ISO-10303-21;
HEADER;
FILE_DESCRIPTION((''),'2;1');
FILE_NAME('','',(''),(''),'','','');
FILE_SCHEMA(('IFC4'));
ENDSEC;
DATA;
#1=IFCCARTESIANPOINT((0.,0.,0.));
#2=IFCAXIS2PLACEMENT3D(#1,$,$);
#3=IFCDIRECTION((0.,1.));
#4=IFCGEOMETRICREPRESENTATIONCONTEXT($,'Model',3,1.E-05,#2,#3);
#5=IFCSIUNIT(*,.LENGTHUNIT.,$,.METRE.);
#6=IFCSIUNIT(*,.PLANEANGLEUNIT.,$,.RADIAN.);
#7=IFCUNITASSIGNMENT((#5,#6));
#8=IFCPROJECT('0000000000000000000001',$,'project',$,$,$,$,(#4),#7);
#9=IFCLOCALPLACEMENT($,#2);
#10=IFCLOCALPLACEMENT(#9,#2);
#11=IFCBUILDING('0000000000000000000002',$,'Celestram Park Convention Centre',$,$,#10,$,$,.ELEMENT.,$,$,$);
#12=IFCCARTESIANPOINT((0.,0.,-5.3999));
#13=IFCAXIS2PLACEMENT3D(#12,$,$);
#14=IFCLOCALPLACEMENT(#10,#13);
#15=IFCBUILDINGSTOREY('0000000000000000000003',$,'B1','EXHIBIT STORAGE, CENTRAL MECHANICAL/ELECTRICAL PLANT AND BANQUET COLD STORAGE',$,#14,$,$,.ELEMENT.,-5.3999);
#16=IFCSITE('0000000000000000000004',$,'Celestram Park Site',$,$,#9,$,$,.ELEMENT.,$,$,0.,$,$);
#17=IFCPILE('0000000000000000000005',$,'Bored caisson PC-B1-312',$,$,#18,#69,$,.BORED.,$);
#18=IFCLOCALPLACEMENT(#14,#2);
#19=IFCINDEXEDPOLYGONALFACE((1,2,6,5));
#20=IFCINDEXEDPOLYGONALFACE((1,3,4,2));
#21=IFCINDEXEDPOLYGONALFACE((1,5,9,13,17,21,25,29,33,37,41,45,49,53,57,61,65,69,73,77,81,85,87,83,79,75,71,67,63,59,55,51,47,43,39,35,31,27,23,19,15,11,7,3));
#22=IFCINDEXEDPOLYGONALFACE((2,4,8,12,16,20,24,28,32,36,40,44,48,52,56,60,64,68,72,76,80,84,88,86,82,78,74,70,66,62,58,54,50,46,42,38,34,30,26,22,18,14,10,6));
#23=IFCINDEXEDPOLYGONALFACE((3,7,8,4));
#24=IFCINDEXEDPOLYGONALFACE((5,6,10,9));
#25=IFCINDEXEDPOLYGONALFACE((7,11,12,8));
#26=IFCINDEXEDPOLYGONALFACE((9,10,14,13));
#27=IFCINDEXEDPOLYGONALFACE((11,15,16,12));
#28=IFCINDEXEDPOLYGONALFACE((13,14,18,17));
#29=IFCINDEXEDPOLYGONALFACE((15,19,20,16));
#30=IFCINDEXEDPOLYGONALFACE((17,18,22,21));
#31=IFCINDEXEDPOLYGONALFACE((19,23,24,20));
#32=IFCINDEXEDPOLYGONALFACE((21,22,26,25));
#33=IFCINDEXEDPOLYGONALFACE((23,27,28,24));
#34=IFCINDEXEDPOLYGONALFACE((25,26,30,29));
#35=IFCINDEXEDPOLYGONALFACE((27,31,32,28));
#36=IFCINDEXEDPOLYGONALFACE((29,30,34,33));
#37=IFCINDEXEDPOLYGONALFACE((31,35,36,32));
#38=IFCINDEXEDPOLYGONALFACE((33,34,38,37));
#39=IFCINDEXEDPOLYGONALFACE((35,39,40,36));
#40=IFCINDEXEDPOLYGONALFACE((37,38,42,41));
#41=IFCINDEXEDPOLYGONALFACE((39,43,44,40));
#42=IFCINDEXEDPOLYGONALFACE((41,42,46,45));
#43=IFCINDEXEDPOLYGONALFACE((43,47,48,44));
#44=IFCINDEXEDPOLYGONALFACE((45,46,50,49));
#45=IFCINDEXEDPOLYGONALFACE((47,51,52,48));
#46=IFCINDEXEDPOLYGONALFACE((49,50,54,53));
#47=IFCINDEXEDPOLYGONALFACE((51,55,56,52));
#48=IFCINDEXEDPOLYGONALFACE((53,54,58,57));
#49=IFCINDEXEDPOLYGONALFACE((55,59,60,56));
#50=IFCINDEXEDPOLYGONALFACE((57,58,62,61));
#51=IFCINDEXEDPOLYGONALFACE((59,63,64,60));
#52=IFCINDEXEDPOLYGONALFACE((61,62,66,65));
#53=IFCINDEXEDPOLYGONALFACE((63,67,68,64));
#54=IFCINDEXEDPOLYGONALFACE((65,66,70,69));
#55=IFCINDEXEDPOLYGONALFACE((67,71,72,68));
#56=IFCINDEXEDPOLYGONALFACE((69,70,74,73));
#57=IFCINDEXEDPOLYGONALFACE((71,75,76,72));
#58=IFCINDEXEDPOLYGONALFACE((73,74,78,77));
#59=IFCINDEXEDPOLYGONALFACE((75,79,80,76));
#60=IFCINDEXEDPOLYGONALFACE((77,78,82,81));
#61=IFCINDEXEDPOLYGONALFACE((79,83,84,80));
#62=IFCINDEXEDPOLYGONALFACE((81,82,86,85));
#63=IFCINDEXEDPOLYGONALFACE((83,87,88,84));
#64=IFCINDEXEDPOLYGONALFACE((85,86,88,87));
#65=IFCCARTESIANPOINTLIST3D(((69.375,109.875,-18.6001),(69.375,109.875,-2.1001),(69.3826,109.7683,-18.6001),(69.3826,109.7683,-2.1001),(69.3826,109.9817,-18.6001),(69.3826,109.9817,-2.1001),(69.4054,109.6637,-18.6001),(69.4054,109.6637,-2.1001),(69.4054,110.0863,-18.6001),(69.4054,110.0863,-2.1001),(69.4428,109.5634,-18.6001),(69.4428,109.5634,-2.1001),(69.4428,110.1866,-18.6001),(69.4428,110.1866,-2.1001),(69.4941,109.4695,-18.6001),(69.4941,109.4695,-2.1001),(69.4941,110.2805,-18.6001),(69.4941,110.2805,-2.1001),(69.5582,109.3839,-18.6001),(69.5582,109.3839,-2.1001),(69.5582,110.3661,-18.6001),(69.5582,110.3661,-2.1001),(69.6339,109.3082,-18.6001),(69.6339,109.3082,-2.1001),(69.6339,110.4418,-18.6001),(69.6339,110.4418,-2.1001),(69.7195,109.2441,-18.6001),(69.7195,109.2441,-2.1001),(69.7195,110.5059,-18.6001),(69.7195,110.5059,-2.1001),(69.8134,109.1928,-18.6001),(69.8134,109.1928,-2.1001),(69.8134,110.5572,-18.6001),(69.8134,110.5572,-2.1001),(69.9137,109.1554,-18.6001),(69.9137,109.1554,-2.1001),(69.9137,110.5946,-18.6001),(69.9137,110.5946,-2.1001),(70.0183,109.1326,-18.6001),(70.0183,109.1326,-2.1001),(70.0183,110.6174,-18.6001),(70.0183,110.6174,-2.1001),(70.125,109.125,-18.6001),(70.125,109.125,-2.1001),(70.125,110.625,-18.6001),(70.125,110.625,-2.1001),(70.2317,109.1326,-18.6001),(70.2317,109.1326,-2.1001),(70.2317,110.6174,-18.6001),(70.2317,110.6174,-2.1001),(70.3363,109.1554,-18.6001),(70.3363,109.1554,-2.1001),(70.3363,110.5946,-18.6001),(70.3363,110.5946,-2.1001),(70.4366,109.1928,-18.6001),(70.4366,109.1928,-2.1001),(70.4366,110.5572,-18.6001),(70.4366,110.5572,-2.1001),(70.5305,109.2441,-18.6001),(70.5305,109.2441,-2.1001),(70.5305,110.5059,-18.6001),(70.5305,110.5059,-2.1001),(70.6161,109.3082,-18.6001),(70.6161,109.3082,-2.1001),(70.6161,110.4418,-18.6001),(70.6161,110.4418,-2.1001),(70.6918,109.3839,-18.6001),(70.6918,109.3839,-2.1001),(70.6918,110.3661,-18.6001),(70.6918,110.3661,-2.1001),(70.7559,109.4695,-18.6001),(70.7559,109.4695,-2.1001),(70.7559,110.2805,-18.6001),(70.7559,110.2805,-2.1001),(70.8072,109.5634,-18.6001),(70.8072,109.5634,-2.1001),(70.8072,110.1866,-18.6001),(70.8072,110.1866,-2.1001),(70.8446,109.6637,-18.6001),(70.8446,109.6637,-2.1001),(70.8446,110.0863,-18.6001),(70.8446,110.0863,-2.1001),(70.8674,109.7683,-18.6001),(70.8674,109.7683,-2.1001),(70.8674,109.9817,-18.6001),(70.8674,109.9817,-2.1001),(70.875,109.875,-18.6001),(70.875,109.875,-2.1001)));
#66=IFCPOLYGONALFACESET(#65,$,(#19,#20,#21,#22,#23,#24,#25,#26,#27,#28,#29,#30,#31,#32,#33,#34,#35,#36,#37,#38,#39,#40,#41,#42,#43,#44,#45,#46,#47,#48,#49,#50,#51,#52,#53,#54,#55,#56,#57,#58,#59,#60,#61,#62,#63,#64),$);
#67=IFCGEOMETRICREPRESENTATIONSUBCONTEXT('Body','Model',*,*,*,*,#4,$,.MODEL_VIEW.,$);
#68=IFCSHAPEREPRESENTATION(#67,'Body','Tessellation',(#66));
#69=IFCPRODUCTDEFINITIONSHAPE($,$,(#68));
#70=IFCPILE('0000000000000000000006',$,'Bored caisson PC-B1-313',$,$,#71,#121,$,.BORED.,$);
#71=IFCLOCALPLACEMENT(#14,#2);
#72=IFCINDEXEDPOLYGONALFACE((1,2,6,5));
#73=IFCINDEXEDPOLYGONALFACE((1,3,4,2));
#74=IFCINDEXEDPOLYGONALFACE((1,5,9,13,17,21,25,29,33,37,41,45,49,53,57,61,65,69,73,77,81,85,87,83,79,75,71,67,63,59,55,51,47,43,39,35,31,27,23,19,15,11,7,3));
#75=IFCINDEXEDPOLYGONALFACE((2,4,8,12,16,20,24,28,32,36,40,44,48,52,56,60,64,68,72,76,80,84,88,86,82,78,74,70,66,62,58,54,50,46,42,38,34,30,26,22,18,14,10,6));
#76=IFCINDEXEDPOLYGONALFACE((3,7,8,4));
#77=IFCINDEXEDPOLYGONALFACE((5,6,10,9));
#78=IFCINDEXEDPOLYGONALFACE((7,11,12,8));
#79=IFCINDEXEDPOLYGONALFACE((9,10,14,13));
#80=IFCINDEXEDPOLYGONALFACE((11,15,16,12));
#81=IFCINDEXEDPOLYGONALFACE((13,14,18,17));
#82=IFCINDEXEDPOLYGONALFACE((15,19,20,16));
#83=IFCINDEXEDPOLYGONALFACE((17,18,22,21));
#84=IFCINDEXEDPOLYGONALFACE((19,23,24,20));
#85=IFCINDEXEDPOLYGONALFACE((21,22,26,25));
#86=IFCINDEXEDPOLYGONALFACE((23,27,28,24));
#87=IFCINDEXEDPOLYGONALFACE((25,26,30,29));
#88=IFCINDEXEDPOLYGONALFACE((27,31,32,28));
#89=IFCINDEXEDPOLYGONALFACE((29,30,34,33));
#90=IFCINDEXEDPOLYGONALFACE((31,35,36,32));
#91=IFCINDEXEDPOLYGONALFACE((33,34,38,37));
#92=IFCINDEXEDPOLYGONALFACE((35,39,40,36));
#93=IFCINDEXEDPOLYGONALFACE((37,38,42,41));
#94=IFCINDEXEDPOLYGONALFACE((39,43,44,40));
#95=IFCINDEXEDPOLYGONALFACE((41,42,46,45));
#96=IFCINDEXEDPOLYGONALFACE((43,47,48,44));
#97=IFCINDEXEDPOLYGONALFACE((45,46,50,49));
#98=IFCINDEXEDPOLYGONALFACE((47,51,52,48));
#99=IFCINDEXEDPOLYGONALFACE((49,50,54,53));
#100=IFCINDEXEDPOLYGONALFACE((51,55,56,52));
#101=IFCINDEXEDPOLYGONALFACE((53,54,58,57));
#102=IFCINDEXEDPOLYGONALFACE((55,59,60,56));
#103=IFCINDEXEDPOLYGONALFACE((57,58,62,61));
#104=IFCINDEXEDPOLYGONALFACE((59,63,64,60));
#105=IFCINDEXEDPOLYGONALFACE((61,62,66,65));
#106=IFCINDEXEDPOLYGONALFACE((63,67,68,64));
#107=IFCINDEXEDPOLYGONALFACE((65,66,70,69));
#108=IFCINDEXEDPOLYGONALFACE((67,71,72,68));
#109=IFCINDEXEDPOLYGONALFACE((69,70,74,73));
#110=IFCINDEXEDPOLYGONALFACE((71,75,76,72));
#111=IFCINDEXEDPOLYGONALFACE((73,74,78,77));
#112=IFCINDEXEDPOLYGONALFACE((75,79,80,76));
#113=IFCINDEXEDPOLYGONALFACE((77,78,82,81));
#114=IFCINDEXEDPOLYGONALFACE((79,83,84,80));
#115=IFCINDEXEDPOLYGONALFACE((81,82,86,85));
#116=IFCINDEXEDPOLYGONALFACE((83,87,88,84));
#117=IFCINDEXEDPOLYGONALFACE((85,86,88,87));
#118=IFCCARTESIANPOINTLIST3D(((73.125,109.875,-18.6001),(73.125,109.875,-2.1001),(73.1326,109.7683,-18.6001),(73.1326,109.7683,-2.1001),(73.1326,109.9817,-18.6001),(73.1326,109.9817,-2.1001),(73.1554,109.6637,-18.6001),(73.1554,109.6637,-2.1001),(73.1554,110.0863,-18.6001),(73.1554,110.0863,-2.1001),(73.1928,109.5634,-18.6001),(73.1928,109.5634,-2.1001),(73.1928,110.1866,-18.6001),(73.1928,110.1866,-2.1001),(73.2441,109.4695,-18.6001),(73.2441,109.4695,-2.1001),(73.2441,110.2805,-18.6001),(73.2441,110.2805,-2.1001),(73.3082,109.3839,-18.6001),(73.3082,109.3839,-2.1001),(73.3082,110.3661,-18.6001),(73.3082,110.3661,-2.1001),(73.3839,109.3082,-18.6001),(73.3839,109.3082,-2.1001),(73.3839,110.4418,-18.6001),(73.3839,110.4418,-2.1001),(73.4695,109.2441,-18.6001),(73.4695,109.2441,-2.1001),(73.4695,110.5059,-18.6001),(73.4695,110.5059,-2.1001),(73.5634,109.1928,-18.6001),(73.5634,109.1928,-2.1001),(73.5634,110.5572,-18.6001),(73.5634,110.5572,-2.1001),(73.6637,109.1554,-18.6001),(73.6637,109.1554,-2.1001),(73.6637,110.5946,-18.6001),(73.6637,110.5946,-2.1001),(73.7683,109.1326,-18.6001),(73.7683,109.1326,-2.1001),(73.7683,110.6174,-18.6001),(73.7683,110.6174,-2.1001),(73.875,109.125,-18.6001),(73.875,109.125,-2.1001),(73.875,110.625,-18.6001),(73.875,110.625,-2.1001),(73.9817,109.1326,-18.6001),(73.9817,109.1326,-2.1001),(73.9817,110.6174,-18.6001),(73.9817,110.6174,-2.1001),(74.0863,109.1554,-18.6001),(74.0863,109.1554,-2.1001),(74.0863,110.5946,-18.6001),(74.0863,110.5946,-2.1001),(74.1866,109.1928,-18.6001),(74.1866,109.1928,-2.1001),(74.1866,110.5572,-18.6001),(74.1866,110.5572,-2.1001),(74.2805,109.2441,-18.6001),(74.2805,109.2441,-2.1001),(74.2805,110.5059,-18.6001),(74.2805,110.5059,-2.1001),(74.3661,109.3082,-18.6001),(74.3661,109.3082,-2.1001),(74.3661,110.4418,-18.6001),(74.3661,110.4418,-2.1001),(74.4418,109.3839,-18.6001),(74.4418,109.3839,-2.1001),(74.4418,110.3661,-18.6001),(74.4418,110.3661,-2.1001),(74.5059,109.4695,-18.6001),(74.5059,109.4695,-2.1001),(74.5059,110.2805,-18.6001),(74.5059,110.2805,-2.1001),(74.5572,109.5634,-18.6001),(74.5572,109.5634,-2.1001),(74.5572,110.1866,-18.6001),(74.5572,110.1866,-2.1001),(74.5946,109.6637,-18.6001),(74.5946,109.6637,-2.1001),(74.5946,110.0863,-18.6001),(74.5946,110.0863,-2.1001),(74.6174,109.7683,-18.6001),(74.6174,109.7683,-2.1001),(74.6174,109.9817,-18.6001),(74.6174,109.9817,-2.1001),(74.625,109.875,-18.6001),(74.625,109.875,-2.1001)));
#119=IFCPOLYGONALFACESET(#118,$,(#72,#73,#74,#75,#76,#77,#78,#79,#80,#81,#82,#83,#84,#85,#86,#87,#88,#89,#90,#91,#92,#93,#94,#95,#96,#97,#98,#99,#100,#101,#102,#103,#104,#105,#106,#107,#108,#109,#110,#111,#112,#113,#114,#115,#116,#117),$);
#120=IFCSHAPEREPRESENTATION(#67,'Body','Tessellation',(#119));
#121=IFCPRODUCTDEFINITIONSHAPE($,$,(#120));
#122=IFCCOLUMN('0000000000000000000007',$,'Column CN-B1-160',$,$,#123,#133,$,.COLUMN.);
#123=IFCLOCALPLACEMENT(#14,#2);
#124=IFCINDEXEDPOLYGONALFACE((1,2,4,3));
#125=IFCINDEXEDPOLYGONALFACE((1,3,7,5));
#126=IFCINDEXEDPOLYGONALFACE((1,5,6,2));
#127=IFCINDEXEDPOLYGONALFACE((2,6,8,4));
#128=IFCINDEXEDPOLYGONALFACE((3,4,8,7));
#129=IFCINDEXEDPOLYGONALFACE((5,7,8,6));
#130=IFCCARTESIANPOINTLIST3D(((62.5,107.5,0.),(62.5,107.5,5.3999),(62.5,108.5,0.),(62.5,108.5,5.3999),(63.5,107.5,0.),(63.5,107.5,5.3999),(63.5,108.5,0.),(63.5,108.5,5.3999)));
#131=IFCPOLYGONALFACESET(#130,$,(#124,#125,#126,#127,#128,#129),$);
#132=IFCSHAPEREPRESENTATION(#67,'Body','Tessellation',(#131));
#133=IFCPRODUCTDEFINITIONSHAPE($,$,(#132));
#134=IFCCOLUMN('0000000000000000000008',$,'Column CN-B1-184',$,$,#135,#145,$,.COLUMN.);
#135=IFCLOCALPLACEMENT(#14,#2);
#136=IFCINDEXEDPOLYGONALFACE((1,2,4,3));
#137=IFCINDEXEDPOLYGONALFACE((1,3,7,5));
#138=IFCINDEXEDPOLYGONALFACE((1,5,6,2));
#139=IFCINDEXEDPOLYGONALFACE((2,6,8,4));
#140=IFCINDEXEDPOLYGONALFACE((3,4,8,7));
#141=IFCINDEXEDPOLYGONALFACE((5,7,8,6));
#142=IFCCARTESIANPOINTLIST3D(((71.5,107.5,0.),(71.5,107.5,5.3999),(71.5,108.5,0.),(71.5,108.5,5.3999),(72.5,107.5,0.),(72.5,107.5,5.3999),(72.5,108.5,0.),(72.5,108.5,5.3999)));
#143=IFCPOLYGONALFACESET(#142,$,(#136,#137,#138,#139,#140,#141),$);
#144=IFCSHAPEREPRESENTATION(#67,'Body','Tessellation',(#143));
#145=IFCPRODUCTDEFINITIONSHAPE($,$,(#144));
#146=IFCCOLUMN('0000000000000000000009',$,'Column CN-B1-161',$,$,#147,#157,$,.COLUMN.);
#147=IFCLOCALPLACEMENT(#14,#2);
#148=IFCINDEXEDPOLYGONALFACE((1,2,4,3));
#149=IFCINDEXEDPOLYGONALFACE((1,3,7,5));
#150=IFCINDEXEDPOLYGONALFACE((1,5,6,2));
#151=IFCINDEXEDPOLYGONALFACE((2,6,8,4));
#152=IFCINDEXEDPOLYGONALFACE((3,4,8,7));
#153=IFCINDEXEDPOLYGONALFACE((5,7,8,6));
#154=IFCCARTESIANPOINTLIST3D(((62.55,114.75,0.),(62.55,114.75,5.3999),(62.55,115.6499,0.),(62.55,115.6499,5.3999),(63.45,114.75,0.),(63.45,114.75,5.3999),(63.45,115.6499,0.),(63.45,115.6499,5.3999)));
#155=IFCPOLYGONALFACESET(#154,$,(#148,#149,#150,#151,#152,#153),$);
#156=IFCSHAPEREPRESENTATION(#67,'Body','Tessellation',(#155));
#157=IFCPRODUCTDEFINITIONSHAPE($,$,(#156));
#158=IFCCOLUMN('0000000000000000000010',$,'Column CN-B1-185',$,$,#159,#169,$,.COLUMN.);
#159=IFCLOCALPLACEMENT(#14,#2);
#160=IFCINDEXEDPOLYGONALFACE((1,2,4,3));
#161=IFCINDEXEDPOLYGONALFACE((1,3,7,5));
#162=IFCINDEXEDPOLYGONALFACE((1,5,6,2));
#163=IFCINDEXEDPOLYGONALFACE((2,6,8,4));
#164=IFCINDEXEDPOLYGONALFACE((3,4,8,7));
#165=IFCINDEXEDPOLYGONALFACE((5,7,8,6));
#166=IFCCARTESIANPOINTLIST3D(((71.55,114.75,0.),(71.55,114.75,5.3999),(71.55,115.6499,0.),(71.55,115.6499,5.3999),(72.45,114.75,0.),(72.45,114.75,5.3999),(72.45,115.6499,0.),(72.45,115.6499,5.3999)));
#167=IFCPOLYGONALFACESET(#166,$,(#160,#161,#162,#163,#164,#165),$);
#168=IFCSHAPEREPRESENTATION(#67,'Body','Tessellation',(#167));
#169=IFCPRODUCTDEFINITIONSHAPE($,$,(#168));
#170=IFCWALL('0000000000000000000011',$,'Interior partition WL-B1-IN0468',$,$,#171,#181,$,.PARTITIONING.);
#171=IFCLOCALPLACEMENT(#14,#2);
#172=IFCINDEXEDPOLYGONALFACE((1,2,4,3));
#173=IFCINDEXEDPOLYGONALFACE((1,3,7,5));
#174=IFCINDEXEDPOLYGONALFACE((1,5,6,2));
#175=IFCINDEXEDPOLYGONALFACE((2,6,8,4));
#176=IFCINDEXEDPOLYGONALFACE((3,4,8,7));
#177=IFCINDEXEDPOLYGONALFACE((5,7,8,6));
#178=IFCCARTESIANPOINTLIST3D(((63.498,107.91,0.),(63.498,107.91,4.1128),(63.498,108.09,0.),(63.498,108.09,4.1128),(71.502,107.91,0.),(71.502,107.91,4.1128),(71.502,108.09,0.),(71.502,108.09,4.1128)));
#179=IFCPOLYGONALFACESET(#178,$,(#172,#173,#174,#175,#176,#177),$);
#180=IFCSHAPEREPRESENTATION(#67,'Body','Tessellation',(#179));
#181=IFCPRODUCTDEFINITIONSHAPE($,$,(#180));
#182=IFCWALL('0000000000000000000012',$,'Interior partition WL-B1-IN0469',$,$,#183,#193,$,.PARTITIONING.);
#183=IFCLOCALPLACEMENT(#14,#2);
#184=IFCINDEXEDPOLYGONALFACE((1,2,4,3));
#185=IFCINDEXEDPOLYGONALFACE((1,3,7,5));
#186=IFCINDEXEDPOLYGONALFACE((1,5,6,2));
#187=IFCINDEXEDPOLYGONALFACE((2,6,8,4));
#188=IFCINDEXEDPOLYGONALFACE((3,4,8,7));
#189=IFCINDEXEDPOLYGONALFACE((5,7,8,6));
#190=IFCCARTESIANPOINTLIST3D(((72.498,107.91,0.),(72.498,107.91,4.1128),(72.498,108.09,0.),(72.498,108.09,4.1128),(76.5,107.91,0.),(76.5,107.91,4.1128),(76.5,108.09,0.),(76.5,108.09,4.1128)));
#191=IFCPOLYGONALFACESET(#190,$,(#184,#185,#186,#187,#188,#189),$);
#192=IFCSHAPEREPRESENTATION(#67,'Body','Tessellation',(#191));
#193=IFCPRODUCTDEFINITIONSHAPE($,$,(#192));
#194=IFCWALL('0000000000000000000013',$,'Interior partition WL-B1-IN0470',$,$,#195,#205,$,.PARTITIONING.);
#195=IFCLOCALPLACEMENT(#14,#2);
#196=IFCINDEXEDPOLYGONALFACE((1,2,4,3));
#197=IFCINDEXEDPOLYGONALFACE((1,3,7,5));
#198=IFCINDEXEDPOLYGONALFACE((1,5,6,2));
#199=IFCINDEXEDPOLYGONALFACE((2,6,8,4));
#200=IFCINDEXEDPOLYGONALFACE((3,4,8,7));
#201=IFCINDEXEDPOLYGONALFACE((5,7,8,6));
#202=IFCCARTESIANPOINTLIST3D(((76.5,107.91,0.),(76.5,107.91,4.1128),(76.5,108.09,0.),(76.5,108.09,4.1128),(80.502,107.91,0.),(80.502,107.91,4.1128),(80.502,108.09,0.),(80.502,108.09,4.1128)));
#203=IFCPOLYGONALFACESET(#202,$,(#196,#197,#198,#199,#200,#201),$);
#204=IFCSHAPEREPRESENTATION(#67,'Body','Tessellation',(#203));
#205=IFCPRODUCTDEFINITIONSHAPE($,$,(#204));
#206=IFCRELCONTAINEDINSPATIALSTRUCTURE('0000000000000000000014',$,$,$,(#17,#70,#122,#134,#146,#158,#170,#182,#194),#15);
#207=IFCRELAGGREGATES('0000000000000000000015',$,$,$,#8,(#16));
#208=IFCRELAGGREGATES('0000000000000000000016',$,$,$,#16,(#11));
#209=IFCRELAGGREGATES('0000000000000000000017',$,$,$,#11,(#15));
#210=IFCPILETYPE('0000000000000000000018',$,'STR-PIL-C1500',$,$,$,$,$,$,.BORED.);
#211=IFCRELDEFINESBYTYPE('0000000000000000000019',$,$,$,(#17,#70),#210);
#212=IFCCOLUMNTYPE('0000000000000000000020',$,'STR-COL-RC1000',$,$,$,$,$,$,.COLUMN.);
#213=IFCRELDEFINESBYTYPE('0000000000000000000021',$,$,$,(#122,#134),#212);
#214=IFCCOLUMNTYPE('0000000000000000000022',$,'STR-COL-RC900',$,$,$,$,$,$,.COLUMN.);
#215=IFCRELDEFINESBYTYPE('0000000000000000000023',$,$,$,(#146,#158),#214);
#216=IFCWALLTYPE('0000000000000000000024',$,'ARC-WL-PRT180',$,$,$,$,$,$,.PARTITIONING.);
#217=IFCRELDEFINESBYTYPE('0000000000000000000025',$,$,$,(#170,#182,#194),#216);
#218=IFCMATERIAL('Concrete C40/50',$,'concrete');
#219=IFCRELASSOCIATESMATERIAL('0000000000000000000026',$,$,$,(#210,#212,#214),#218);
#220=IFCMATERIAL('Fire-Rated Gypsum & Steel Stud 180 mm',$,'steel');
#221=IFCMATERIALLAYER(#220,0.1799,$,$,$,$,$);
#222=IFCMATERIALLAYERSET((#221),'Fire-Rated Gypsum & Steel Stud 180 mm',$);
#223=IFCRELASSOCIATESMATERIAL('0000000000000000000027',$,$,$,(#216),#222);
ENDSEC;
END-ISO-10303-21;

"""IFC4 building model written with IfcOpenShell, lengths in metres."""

from ifc_helpers import new_model, si_unit, direction, frame, frame_2d, origin, origin_2d, place, context, subcontext, project, spatial, rectangle, circle, extrude, material, layer, layer_set, material_profile, profile_set, type_object, element, save


model = new_model("IFC4")

# Units and contexts
model_context = context("Model", 3, precision=1e-05, world=origin(), true_north=direction((0.0, 1.0)))
body_context = subcontext(model_context, "Body", "Model", "MODEL_VIEW")
ifc_project = project(units=[si_unit("LENGTHUNIT", "METRE"), si_unit("PLANEANGLEUNIT", "RADIAN")], contexts=[model_context])

# Site, building, storey
site_placement = place(None, origin())
site = spatial("IfcSite", under=ifc_project, at=site_placement, Name="Celestram Park Site", CompositionType="ELEMENT", RefElevation=0.0)
building_placement = place(site_placement, origin())
building = spatial("IfcBuilding", under=site, at=building_placement, Name="Celestram Park Convention Centre", CompositionType="ELEMENT")
storey_placement = place(building_placement, frame((0.0, 0.0, -5.3999)))
storey = spatial("IfcBuildingStorey", under=building, at=storey_placement, Name="B1", Description="EXHIBIT STORAGE, CENTRAL MECHANICAL/ELECTRICAL PLANT AND BANQUET COLD STORAGE", CompositionType="ELEMENT", Elevation=-5.3999)

# Shared definitions
ifc_material_1 = material(Name="Concrete C40/50", Category="concrete")

# Piles
ifc_material_profile_1 = material_profile(ifc_material_1, circle(Radius=0.75, at=origin_2d()), Name="CAISSON1500")
ifc_profile_set_1 = profile_set([ifc_material_profile_1], Name="Concrete C40/50")
pile_type_1 = type_object("IfcPileType", Name="STR-PIL-C1500", PredefinedType="BORED", material=ifc_profile_set_1)
for number, where, z_axis, x_axis, name in (
    (1, (70.125, 109.875, -2.1001), (0.0, 0.0, -1.0), (1.0, 0.0, 0.0), "Bored caisson PC-B1-312"),
    (2, (73.875, 109.875, -2.1001), (0.0, 0.0, -1.0), (1.0, 0.0, 0.0), "Bored caisson PC-B1-313"),
):
    element("IfcPile", number, at=place(storey_placement, frame(where, z_axis=z_axis, x_axis=x_axis)), inside=storey, type_object=pile_type_1, Name=name, PredefinedType="BORED", context=body_context, shape_type="SweptSolid", body=[
        extrude(circle(Radius=0.75, at=origin_2d()), origin(), (0.0, 0.0, 1.0), 16.5),
    ])

# Columns
ifc_material_profile_2 = material_profile(ifc_material_1, rectangle(XDim=1.0, YDim=1.0, at=origin_2d()), Name="RC1000X1000")
ifc_profile_set_2 = profile_set([ifc_material_profile_2], Name="Concrete C40/50")
column_type_1 = type_object("IfcColumnType", Name="STR-COL-RC1000", PredefinedType="COLUMN", material=ifc_profile_set_2)
for number, where, z_axis, x_axis, name in (
    (3, (63.0, 108.0, 0.0), (0.0, 0.0, 1.0), (1.0, 0.0, 0.0), "Column CN-B1-160"),
    (4, (72.0, 108.0, 0.0), (0.0, 0.0, 1.0), (1.0, 0.0, 0.0), "Column CN-B1-184"),
):
    element("IfcColumn", number, at=place(storey_placement, frame(where, z_axis=z_axis, x_axis=x_axis)), inside=storey, type_object=column_type_1, Name=name, PredefinedType="COLUMN", context=body_context, shape_type="SweptSolid", body=[
        extrude(rectangle(XDim=1.0, YDim=1.0, at=origin_2d()), origin(), (0.0, 0.0, 1.0), 5.3999),
    ])
ifc_material_profile_3 = material_profile(ifc_material_1, rectangle(XDim=0.8999, YDim=0.8999, at=origin_2d()), Name="RC900X900")
ifc_profile_set_3 = profile_set([ifc_material_profile_3], Name="Concrete C40/50")
column_type_2 = type_object("IfcColumnType", Name="STR-COL-RC900", PredefinedType="COLUMN", material=ifc_profile_set_3)
for number, where, z_axis, x_axis, name in (
    (5, (63.0, 115.2, 0.0), (0.0, 0.0, 1.0), (1.0, 0.0, 0.0), "Column CN-B1-161"),
    (6, (72.0, 115.2, 0.0), (0.0, 0.0, 1.0), (1.0, 0.0, 0.0), "Column CN-B1-185"),
):
    element("IfcColumn", number, at=place(storey_placement, frame(where, z_axis=z_axis, x_axis=x_axis)), inside=storey, type_object=column_type_2, Name=name, PredefinedType="COLUMN", context=body_context, shape_type="SweptSolid", body=[
        extrude(rectangle(XDim=0.8999, YDim=0.8999, at=origin_2d()), origin(), (0.0, 0.0, 1.0), 5.3999),
    ])

# Walls
ifc_material_2 = material(Name="Fire-Rated Gypsum & Steel Stud 180 mm", Category="steel")
ifc_layer = layer(ifc_material_2, 0.1799)
ifc_layer_set = layer_set([ifc_layer], Name="Fire-Rated Gypsum & Steel Stud 180 mm")
wall_type = type_object("IfcWallType", Name="ARC-WL-PRT180", PredefinedType="PARTITIONING", material=ifc_layer_set)
wall_placement = place(storey_placement, frame((63.498, 108.0, 0.0), z_axis=(0.0, 0.0, 1.0), x_axis=(1.0, 0.0, 0.0)))
element("IfcWall", 7, at=wall_placement, inside=storey, type_object=wall_type, Name="Interior partition WL-B1-IN0468", PredefinedType="PARTITIONING", context=body_context, shape_type="SweptSolid", body=[
    extrude(rectangle(XDim=8.0039, YDim=0.1799, at=frame_2d((4.002, 0.0))), origin(), (0.0, 0.0, 1.0), 4.1128),
])
for number, where, z_axis, x_axis, name in (
    (8, (72.498, 108.0, 0.0), (0.0, 0.0, 1.0), (1.0, 0.0, 0.0), "Interior partition WL-B1-IN0469"),
    (9, (76.5, 108.0, 0.0), (0.0, 0.0, 1.0), (1.0, 0.0, 0.0), "Interior partition WL-B1-IN0470"),
):
    element("IfcWall", number, at=place(storey_placement, frame(where, z_axis=z_axis, x_axis=x_axis)), inside=storey, type_object=wall_type, Name=name, PredefinedType="PARTITIONING", context=body_context, shape_type="SweptSolid", body=[
        extrude(rectangle(XDim=4.002, YDim=0.1799, at=frame_2d((2.001, 0.0))), origin(), (0.0, 0.0, 1.0), 4.1128),
    ])

save(model, "model.ifc")
